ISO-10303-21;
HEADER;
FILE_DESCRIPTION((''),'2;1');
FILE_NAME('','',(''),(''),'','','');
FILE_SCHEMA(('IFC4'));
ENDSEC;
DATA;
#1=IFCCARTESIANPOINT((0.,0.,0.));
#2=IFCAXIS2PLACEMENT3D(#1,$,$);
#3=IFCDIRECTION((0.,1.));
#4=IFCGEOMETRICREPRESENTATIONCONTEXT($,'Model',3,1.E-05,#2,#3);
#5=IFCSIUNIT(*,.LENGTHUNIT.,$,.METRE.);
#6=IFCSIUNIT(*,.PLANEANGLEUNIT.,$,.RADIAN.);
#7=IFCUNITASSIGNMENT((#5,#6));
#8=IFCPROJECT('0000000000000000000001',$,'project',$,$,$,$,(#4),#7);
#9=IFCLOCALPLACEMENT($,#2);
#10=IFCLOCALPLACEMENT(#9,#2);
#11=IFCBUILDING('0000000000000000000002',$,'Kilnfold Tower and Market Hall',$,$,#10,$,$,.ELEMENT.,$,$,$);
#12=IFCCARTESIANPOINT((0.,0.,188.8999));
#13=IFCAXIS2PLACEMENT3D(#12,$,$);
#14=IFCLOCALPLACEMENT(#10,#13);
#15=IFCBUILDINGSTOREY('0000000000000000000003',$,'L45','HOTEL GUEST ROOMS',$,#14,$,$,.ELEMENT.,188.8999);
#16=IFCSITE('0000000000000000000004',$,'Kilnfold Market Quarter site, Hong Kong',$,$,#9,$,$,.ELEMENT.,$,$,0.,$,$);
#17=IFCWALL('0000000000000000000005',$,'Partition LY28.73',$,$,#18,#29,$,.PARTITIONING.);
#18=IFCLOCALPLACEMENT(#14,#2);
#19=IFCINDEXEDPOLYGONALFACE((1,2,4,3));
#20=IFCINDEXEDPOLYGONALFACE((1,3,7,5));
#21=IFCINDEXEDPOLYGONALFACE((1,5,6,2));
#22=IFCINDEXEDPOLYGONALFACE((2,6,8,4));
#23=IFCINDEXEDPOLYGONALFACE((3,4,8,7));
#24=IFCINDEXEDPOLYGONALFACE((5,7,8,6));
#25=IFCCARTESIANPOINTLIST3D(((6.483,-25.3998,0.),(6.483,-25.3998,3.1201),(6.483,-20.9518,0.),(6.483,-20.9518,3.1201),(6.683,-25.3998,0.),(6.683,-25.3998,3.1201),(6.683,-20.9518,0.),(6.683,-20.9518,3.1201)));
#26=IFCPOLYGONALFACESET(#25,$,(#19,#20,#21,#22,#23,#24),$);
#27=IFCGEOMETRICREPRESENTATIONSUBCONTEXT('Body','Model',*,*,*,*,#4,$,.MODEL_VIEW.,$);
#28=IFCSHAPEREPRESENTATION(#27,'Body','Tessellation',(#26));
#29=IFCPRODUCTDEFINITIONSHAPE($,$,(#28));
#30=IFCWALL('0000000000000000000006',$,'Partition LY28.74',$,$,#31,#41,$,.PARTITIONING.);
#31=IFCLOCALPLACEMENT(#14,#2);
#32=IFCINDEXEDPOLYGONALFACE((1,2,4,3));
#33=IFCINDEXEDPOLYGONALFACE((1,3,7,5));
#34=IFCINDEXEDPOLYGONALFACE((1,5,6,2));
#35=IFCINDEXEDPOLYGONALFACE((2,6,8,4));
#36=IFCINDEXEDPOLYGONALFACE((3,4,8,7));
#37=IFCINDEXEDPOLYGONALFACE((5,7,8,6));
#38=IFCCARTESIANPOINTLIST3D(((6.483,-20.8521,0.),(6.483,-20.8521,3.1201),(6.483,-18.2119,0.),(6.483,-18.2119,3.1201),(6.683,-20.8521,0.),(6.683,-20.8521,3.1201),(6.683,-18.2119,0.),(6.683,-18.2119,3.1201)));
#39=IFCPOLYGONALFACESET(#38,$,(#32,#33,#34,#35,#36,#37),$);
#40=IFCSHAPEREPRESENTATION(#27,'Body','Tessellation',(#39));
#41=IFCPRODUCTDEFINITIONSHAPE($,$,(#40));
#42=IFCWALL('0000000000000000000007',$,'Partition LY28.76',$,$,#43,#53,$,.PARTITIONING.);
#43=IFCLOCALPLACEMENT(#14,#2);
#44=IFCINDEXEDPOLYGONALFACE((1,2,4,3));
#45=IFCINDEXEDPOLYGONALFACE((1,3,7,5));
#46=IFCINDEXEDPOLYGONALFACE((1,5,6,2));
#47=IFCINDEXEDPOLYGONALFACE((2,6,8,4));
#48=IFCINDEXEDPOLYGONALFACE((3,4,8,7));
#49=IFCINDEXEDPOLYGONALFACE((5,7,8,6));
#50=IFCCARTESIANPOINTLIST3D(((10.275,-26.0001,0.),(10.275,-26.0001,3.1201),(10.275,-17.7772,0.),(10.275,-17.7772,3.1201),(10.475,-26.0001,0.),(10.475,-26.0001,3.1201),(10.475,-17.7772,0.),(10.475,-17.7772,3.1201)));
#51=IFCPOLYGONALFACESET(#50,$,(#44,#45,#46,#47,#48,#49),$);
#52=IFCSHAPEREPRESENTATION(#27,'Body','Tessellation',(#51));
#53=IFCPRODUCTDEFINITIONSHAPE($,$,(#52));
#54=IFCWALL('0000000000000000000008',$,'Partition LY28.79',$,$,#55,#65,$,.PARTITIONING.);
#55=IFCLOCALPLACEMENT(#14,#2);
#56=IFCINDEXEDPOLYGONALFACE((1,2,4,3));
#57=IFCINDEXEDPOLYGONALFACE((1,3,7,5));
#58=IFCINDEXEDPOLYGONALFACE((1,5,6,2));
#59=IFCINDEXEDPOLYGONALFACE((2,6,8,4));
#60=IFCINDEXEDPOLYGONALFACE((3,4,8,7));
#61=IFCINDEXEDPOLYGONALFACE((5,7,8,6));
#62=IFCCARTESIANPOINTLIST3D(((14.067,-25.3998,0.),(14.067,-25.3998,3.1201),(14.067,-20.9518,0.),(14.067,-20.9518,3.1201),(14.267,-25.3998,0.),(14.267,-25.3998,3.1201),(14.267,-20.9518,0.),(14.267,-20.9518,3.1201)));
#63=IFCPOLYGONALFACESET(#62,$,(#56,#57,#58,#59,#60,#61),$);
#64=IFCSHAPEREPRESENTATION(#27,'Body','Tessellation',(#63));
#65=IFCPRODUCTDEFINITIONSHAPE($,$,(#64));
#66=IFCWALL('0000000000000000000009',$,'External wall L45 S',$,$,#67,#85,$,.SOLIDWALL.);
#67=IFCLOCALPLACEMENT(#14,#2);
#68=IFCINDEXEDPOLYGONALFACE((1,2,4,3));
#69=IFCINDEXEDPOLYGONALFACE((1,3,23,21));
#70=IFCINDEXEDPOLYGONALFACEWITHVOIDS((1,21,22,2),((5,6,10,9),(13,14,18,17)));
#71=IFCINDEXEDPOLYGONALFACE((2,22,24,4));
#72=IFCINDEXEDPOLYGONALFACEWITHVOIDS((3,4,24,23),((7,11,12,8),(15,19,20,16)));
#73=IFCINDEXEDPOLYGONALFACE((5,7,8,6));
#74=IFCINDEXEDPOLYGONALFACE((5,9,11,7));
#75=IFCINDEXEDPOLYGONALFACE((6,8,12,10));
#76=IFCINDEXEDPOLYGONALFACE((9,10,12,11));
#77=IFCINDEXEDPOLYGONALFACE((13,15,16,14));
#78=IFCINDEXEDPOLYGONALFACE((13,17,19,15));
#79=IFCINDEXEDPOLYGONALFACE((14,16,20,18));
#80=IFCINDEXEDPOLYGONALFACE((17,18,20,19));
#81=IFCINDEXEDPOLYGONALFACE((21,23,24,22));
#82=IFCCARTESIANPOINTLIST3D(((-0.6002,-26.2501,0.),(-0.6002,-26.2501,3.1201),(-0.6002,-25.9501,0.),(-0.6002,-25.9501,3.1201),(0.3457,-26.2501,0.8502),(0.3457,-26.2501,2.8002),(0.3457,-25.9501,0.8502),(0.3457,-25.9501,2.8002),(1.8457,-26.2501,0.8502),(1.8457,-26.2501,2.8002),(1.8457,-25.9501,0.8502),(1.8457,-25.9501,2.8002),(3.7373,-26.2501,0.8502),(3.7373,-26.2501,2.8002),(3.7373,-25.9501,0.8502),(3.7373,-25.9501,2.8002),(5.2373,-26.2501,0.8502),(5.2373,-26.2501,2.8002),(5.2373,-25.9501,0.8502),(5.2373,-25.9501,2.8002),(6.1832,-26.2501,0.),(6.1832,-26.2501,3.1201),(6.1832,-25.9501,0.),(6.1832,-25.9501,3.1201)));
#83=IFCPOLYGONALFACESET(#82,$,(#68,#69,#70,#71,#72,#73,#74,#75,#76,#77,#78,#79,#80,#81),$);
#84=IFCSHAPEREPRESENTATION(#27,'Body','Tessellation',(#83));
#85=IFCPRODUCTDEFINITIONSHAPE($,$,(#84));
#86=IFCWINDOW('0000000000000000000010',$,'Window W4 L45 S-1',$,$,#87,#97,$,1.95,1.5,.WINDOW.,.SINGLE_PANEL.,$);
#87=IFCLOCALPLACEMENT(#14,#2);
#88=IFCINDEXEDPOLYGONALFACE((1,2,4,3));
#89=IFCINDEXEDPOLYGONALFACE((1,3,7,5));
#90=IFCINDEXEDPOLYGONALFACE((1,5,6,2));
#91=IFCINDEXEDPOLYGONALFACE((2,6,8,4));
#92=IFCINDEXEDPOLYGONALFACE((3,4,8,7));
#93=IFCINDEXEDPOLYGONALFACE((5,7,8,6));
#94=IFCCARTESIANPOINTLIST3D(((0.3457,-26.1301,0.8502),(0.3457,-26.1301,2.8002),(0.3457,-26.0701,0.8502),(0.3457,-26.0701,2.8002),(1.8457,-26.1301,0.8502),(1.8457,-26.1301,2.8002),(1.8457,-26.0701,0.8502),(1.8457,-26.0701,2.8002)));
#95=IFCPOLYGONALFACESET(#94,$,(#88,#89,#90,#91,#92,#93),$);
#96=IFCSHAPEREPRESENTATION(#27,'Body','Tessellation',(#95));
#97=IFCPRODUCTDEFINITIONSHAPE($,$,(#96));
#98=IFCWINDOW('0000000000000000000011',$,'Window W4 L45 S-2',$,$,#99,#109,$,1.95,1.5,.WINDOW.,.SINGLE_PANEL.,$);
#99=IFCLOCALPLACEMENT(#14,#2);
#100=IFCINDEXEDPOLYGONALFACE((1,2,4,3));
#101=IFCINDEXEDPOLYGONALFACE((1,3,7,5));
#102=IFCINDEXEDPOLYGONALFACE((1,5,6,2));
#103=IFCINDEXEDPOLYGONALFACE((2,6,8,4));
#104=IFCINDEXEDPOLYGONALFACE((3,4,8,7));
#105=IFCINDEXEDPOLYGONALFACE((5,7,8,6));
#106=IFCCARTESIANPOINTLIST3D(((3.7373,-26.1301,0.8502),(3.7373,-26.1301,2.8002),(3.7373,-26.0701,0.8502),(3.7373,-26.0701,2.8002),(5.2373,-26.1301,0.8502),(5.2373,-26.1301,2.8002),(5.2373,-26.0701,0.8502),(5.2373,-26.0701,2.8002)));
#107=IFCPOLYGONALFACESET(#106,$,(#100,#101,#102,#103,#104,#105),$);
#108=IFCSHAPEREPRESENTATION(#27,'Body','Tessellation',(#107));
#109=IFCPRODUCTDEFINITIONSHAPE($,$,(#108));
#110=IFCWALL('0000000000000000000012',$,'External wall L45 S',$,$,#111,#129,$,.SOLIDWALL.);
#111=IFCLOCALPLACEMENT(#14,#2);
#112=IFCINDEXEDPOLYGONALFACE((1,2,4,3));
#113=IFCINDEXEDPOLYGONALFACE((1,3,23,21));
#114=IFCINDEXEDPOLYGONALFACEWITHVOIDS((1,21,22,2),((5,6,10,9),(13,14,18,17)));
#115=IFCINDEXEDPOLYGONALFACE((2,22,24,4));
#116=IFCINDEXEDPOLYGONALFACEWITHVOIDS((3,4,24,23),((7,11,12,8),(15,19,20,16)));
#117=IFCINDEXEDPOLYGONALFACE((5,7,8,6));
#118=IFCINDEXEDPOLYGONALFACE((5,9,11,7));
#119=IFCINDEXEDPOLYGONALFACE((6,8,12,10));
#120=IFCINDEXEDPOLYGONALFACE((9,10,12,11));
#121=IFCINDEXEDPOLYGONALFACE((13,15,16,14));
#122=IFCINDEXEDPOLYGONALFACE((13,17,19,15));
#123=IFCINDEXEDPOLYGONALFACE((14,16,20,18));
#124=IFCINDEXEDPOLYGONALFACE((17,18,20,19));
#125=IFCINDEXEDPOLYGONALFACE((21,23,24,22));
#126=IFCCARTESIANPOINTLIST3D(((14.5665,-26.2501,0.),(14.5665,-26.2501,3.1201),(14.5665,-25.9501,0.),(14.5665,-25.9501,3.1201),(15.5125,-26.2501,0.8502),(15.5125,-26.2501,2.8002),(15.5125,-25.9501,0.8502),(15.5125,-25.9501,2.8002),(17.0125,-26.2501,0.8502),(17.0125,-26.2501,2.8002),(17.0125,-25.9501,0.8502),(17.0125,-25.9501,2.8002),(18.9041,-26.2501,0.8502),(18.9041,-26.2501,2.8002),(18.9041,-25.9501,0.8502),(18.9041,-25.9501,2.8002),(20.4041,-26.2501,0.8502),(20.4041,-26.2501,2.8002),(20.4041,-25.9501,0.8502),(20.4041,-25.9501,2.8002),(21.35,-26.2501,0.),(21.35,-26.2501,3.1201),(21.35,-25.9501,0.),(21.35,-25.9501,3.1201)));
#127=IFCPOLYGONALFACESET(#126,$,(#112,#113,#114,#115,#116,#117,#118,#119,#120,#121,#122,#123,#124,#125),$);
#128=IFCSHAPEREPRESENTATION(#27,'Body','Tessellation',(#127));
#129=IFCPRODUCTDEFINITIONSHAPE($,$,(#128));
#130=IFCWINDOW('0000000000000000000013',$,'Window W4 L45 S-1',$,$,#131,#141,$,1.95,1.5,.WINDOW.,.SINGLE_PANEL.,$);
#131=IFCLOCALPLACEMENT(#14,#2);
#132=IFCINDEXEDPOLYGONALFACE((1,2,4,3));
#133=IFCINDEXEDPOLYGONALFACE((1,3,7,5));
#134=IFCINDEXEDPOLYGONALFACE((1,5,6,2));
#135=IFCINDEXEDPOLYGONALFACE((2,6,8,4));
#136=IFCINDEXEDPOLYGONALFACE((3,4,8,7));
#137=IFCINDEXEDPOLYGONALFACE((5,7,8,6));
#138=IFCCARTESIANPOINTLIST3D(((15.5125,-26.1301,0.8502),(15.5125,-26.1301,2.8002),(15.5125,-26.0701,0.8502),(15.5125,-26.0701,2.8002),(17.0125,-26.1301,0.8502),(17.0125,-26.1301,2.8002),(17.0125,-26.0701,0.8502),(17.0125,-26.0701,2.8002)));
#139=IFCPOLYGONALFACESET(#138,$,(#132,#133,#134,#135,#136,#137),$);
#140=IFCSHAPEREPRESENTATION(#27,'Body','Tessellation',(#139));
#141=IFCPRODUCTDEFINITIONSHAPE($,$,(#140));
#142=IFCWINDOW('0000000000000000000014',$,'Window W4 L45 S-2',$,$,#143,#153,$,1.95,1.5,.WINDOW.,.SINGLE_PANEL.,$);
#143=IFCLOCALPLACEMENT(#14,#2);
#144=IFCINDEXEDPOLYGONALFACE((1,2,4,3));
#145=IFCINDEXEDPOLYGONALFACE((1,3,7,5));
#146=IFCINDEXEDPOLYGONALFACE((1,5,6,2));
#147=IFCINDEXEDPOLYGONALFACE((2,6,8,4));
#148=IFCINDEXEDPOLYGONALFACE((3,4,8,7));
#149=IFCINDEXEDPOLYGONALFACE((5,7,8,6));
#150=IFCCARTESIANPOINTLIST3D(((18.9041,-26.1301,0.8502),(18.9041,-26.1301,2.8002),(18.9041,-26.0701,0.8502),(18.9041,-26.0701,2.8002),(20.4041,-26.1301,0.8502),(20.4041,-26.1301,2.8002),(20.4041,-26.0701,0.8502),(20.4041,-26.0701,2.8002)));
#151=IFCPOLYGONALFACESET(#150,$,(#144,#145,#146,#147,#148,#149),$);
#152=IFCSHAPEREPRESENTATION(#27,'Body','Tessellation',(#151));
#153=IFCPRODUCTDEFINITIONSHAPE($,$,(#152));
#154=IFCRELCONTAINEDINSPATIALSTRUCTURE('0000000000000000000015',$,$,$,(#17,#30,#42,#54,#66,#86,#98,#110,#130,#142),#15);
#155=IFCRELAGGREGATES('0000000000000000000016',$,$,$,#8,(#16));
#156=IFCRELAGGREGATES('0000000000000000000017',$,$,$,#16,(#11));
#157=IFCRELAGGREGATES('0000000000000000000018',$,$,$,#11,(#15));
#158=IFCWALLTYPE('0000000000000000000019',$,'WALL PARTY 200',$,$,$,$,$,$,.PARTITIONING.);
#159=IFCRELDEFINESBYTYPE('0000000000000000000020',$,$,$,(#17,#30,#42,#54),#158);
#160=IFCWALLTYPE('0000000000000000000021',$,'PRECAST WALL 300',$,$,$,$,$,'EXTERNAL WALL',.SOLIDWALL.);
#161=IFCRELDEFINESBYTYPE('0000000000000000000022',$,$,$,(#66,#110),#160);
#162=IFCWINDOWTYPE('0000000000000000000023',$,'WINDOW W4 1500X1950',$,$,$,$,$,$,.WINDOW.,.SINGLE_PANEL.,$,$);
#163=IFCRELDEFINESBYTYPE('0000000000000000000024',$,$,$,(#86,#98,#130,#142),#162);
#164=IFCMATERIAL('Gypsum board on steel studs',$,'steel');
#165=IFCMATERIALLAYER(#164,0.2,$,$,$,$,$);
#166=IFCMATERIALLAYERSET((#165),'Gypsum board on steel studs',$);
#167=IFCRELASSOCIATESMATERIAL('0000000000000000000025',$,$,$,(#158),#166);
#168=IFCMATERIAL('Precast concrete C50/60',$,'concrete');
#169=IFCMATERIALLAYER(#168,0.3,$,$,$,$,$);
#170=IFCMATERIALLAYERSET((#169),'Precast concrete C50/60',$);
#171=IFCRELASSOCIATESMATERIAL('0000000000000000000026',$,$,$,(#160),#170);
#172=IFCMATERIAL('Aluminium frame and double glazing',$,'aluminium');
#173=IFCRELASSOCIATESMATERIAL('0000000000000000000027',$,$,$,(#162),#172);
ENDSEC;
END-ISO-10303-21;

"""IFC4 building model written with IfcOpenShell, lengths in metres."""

from ifc_helpers import new_model, si_unit, direction, frame, frame_2d, origin, place, context, subcontext, project, spatial, rectangle, extrude, source, transform, mapped, material, layer, layer_set, type_object, element, fill, save


model = new_model("IFC4")

# Units and contexts
model_context = context("Model", 3, precision=1e-05, world=origin(), true_north=direction((0.0, 1.0)))
body_context = subcontext(model_context, "Body", "Model", "MODEL_VIEW")
ifc_project = project(units=[si_unit("LENGTHUNIT", "METRE"), si_unit("PLANEANGLEUNIT", "RADIAN")], contexts=[model_context])

# Site, building, storey
site_placement = place(None, origin())
site = spatial("IfcSite", under=ifc_project, at=site_placement, Name="Kilnfold Market Quarter site, Hong Kong", CompositionType="ELEMENT", RefElevation=0.0)
building_placement = place(site_placement, origin())
building = spatial("IfcBuilding", under=site, at=building_placement, Name="Kilnfold Tower and Market Hall", CompositionType="ELEMENT")
storey_placement = place(building_placement, frame((0.0, 0.0, 188.8999)))
storey = spatial("IfcBuildingStorey", under=building, at=storey_placement, Name="L45", Description="HOTEL GUEST ROOMS", CompositionType="ELEMENT", Elevation=188.8999)

# Walls
ifc_material_1 = material(Name="Gypsum board on steel studs", Category="steel")
ifc_layer_1 = layer(ifc_material_1, 0.2)
ifc_layer_set_1 = layer_set([ifc_layer_1], Name="Gypsum board on steel studs")
wall_type_1 = type_object("IfcWallType", Name="WALL PARTY 200", PredefinedType="PARTITIONING", material=ifc_layer_set_1)
wall_1_placement = place(storey_placement, frame((6.583, -25.3999, 0.0), z_axis=(0.0, 0.0, 1.0), x_axis=(0.0, 1.0, 0.0)))
element("IfcWall", 1, at=wall_1_placement, inside=storey, type_object=wall_type_1, Name="Partition LY28.73", PredefinedType="PARTITIONING", context=body_context, shape_type="SweptSolid", body=[
    extrude(rectangle(XDim=4.448, YDim=0.2, at=frame_2d((2.2241, 0.0))), origin(), (0.0, 0.0, 1.0), 3.1201),
])
wall_2_placement = place(storey_placement, frame((6.583, -20.8521, 0.0), z_axis=(0.0, 0.0, 1.0), x_axis=(0.0, 1.0, 0.0)))
element("IfcWall", 2, at=wall_2_placement, inside=storey, type_object=wall_type_1, Name="Partition LY28.74", PredefinedType="PARTITIONING", context=body_context, shape_type="SweptSolid", body=[
    extrude(rectangle(XDim=2.6401, YDim=0.2, at=frame_2d((1.3201, 0.0))), origin(), (0.0, 0.0, 1.0), 3.1201),
])
wall_3_placement = place(storey_placement, frame((10.375, -26.0, 0.0), z_axis=(0.0, 0.0, 1.0), x_axis=(0.0, 1.0, 0.0)))
element("IfcWall", 3, at=wall_3_placement, inside=storey, type_object=wall_type_1, Name="Partition LY28.76", PredefinedType="PARTITIONING", context=body_context, shape_type="SweptSolid", body=[
    extrude(rectangle(XDim=8.2229, YDim=0.2, at=frame_2d((4.1113, 0.0))), origin(), (0.0, 0.0, 1.0), 3.1201),
])
wall_4_placement = place(storey_placement, frame((14.167, -25.3999, 0.0), z_axis=(0.0, 0.0, 1.0), x_axis=(0.0, 1.0, 0.0)))
element("IfcWall", 4, at=wall_4_placement, inside=storey, type_object=wall_type_1, Name="Partition LY28.79", PredefinedType="PARTITIONING", context=body_context, shape_type="SweptSolid", body=[
    extrude(rectangle(XDim=4.448, YDim=0.2, at=frame_2d((2.2241, 0.0))), origin(), (0.0, 0.0, 1.0), 3.1201),
])

# Walls, openings, windows
ifc_material_2 = material(Name="Precast concrete C50/60", Category="concrete")
ifc_layer_2 = layer(ifc_material_2, 0.3)
ifc_layer_set_2 = layer_set([ifc_layer_2], Name="Precast concrete C50/60")
wall_type_2 = type_object("IfcWallType", Name="PRECAST WALL 300", ElementType="EXTERNAL WALL", PredefinedType="SOLIDWALL", material=ifc_layer_set_2)
shared_shape_1 = source(origin(), body_context, "Body", "SweptSolid", [
    extrude(rectangle(XDim=6.7834, YDim=0.3, at=frame_2d((3.3916, 0.0))), origin(), (0.0, 0.0, 1.0), 3.1201),
])
wall_5_placement = place(storey_placement, frame((-0.6001, -26.1001, 0.0), z_axis=(0.0, 0.0, 1.0), x_axis=(1.0, 0.0, 0.0)))
wall_5 = element("IfcWall", 5, at=wall_5_placement, inside=storey, type_object=wall_type_2, Name="External wall L45 S", PredefinedType="SOLIDWALL", context=body_context, shape_type="MappedRepresentation", body=[
    mapped(shared_shape_1, transform((0.0, 0.0, 0.0))),
])
opening_1_placement = place(wall_5_placement, frame((0.9458, 0.0, 0.8501)))
opening_1 = element("IfcOpeningElement", 6, at=opening_1_placement, cuts=wall_5, PredefinedType="OPENING", context=body_context, shape_type="SweptSolid", body=[
    extrude(rectangle(XDim=1.5, YDim=1.95, at=frame_2d((0.75, 0.9751))), frame((0.0, 0.1602, 0.0), z_axis=(0.0, -1.0, 0.0), x_axis=(1.0, 0.0, 0.0)), (0.0, 0.0, 1.0), 0.3201),
])
opening_2_placement = place(wall_5_placement, frame((4.3374, 0.0, 0.8501)))
opening_2 = element("IfcOpeningElement", 7, at=opening_2_placement, cuts=wall_5, PredefinedType="OPENING", context=body_context, shape_type="SweptSolid", body=[
    extrude(rectangle(XDim=1.5, YDim=1.95, at=frame_2d((0.75, 0.9751))), frame((0.0, 0.1602, 0.0), z_axis=(0.0, -1.0, 0.0), x_axis=(1.0, 0.0, 0.0)), (0.0, 0.0, 1.0), 0.3201),
])
ifc_material_3 = material(Name="Aluminium frame and double glazing", Category="aluminium")
window_type = type_object("IfcWindowType", Name="WINDOW W4 1500X1950", PartitioningType="SINGLE_PANEL", PredefinedType="WINDOW", material=ifc_material_3)
window_1_placement = place(opening_1_placement, origin())
window_1 = element("IfcWindow", 8, at=window_1_placement, inside=storey, type_object=window_type, Name="Window W4 L45 S-1", OverallHeight=1.95, OverallWidth=1.5, PartitioningType="SINGLE_PANEL", PredefinedType="WINDOW", context=body_context, shape_type="SweptSolid", body=[
    extrude(rectangle(XDim=1.5, YDim=1.95, at=frame_2d((0.75, 0.9751))), frame((0.0, 0.03, 0.0), z_axis=(0.0, -1.0, 0.0), x_axis=(1.0, 0.0, 0.0)), (0.0, 0.0, 1.0), 0.0601),
])
fill(opening_1, window_1)
window_2_placement = place(opening_2_placement, origin())
window_2 = element("IfcWindow", 9, at=window_2_placement, inside=storey, type_object=window_type, Name="Window W4 L45 S-2", OverallHeight=1.95, OverallWidth=1.5, PartitioningType="SINGLE_PANEL", PredefinedType="WINDOW", context=body_context, shape_type="SweptSolid", body=[
    extrude(rectangle(XDim=1.5, YDim=1.95, at=frame_2d((0.75, 0.9751))), frame((0.0, 0.03, 0.0), z_axis=(0.0, -1.0, 0.0), x_axis=(1.0, 0.0, 0.0)), (0.0, 0.0, 1.0), 0.0601),
])
fill(opening_2, window_2)
wall_6_placement = place(storey_placement, frame((14.5667, -26.1001, 0.0), z_axis=(0.0, 0.0, 1.0), x_axis=(1.0, 0.0, 0.0)))
wall_6 = element("IfcWall", 10, at=wall_6_placement, inside=storey, type_object=wall_type_2, Name="External wall L45 S", PredefinedType="SOLIDWALL", context=body_context, shape_type="MappedRepresentation", body=[
    mapped(shared_shape_1, transform((0.0, 0.0, 0.0))),
])
opening_3_placement = place(wall_6_placement, frame((0.9458, 0.0, 0.8501)))
opening_3 = element("IfcOpeningElement", 11, at=opening_3_placement, cuts=wall_6, PredefinedType="OPENING", context=body_context, shape_type="SweptSolid", body=[
    extrude(rectangle(XDim=1.5, YDim=1.95, at=frame_2d((0.75, 0.9751))), frame((0.0, 0.1602, 0.0), z_axis=(0.0, -1.0, 0.0), x_axis=(1.0, 0.0, 0.0)), (0.0, 0.0, 1.0), 0.3201),
])
opening_4_placement = place(wall_6_placement, frame((4.3374, 0.0, 0.8501)))
opening_4 = element("IfcOpeningElement", 12, at=opening_4_placement, cuts=wall_6, PredefinedType="OPENING", context=body_context, shape_type="SweptSolid", body=[
    extrude(rectangle(XDim=1.5, YDim=1.95, at=frame_2d((0.75, 0.9751))), frame((0.0, 0.1602, 0.0), z_axis=(0.0, -1.0, 0.0), x_axis=(1.0, 0.0, 0.0)), (0.0, 0.0, 1.0), 0.3201),
])
window_3_placement = place(opening_3_placement, origin())
window_3 = element("IfcWindow", 13, at=window_3_placement, inside=storey, type_object=window_type, Name="Window W4 L45 S-1", OverallHeight=1.95, OverallWidth=1.5, PartitioningType="SINGLE_PANEL", PredefinedType="WINDOW", context=body_context, shape_type="SweptSolid", body=[
    extrude(rectangle(XDim=1.5, YDim=1.95, at=frame_2d((0.75, 0.9751))), frame((0.0, 0.03, 0.0), z_axis=(0.0, -1.0, 0.0), x_axis=(1.0, 0.0, 0.0)), (0.0, 0.0, 1.0), 0.0601),
])
fill(opening_3, window_3)
window_4_placement = place(opening_4_placement, origin())
window_4 = element("IfcWindow", 14, at=window_4_placement, inside=storey, type_object=window_type, Name="Window W4 L45 S-2", OverallHeight=1.95, OverallWidth=1.5, PartitioningType="SINGLE_PANEL", PredefinedType="WINDOW", context=body_context, shape_type="SweptSolid", body=[
    extrude(rectangle(XDim=1.5, YDim=1.95, at=frame_2d((0.75, 0.9751))), frame((0.0, 0.03, 0.0), z_axis=(0.0, -1.0, 0.0), x_axis=(1.0, 0.0, 0.0)), (0.0, 0.0, 1.0), 0.0601),
])
fill(opening_4, window_4)

save(model, "model.ifc")
